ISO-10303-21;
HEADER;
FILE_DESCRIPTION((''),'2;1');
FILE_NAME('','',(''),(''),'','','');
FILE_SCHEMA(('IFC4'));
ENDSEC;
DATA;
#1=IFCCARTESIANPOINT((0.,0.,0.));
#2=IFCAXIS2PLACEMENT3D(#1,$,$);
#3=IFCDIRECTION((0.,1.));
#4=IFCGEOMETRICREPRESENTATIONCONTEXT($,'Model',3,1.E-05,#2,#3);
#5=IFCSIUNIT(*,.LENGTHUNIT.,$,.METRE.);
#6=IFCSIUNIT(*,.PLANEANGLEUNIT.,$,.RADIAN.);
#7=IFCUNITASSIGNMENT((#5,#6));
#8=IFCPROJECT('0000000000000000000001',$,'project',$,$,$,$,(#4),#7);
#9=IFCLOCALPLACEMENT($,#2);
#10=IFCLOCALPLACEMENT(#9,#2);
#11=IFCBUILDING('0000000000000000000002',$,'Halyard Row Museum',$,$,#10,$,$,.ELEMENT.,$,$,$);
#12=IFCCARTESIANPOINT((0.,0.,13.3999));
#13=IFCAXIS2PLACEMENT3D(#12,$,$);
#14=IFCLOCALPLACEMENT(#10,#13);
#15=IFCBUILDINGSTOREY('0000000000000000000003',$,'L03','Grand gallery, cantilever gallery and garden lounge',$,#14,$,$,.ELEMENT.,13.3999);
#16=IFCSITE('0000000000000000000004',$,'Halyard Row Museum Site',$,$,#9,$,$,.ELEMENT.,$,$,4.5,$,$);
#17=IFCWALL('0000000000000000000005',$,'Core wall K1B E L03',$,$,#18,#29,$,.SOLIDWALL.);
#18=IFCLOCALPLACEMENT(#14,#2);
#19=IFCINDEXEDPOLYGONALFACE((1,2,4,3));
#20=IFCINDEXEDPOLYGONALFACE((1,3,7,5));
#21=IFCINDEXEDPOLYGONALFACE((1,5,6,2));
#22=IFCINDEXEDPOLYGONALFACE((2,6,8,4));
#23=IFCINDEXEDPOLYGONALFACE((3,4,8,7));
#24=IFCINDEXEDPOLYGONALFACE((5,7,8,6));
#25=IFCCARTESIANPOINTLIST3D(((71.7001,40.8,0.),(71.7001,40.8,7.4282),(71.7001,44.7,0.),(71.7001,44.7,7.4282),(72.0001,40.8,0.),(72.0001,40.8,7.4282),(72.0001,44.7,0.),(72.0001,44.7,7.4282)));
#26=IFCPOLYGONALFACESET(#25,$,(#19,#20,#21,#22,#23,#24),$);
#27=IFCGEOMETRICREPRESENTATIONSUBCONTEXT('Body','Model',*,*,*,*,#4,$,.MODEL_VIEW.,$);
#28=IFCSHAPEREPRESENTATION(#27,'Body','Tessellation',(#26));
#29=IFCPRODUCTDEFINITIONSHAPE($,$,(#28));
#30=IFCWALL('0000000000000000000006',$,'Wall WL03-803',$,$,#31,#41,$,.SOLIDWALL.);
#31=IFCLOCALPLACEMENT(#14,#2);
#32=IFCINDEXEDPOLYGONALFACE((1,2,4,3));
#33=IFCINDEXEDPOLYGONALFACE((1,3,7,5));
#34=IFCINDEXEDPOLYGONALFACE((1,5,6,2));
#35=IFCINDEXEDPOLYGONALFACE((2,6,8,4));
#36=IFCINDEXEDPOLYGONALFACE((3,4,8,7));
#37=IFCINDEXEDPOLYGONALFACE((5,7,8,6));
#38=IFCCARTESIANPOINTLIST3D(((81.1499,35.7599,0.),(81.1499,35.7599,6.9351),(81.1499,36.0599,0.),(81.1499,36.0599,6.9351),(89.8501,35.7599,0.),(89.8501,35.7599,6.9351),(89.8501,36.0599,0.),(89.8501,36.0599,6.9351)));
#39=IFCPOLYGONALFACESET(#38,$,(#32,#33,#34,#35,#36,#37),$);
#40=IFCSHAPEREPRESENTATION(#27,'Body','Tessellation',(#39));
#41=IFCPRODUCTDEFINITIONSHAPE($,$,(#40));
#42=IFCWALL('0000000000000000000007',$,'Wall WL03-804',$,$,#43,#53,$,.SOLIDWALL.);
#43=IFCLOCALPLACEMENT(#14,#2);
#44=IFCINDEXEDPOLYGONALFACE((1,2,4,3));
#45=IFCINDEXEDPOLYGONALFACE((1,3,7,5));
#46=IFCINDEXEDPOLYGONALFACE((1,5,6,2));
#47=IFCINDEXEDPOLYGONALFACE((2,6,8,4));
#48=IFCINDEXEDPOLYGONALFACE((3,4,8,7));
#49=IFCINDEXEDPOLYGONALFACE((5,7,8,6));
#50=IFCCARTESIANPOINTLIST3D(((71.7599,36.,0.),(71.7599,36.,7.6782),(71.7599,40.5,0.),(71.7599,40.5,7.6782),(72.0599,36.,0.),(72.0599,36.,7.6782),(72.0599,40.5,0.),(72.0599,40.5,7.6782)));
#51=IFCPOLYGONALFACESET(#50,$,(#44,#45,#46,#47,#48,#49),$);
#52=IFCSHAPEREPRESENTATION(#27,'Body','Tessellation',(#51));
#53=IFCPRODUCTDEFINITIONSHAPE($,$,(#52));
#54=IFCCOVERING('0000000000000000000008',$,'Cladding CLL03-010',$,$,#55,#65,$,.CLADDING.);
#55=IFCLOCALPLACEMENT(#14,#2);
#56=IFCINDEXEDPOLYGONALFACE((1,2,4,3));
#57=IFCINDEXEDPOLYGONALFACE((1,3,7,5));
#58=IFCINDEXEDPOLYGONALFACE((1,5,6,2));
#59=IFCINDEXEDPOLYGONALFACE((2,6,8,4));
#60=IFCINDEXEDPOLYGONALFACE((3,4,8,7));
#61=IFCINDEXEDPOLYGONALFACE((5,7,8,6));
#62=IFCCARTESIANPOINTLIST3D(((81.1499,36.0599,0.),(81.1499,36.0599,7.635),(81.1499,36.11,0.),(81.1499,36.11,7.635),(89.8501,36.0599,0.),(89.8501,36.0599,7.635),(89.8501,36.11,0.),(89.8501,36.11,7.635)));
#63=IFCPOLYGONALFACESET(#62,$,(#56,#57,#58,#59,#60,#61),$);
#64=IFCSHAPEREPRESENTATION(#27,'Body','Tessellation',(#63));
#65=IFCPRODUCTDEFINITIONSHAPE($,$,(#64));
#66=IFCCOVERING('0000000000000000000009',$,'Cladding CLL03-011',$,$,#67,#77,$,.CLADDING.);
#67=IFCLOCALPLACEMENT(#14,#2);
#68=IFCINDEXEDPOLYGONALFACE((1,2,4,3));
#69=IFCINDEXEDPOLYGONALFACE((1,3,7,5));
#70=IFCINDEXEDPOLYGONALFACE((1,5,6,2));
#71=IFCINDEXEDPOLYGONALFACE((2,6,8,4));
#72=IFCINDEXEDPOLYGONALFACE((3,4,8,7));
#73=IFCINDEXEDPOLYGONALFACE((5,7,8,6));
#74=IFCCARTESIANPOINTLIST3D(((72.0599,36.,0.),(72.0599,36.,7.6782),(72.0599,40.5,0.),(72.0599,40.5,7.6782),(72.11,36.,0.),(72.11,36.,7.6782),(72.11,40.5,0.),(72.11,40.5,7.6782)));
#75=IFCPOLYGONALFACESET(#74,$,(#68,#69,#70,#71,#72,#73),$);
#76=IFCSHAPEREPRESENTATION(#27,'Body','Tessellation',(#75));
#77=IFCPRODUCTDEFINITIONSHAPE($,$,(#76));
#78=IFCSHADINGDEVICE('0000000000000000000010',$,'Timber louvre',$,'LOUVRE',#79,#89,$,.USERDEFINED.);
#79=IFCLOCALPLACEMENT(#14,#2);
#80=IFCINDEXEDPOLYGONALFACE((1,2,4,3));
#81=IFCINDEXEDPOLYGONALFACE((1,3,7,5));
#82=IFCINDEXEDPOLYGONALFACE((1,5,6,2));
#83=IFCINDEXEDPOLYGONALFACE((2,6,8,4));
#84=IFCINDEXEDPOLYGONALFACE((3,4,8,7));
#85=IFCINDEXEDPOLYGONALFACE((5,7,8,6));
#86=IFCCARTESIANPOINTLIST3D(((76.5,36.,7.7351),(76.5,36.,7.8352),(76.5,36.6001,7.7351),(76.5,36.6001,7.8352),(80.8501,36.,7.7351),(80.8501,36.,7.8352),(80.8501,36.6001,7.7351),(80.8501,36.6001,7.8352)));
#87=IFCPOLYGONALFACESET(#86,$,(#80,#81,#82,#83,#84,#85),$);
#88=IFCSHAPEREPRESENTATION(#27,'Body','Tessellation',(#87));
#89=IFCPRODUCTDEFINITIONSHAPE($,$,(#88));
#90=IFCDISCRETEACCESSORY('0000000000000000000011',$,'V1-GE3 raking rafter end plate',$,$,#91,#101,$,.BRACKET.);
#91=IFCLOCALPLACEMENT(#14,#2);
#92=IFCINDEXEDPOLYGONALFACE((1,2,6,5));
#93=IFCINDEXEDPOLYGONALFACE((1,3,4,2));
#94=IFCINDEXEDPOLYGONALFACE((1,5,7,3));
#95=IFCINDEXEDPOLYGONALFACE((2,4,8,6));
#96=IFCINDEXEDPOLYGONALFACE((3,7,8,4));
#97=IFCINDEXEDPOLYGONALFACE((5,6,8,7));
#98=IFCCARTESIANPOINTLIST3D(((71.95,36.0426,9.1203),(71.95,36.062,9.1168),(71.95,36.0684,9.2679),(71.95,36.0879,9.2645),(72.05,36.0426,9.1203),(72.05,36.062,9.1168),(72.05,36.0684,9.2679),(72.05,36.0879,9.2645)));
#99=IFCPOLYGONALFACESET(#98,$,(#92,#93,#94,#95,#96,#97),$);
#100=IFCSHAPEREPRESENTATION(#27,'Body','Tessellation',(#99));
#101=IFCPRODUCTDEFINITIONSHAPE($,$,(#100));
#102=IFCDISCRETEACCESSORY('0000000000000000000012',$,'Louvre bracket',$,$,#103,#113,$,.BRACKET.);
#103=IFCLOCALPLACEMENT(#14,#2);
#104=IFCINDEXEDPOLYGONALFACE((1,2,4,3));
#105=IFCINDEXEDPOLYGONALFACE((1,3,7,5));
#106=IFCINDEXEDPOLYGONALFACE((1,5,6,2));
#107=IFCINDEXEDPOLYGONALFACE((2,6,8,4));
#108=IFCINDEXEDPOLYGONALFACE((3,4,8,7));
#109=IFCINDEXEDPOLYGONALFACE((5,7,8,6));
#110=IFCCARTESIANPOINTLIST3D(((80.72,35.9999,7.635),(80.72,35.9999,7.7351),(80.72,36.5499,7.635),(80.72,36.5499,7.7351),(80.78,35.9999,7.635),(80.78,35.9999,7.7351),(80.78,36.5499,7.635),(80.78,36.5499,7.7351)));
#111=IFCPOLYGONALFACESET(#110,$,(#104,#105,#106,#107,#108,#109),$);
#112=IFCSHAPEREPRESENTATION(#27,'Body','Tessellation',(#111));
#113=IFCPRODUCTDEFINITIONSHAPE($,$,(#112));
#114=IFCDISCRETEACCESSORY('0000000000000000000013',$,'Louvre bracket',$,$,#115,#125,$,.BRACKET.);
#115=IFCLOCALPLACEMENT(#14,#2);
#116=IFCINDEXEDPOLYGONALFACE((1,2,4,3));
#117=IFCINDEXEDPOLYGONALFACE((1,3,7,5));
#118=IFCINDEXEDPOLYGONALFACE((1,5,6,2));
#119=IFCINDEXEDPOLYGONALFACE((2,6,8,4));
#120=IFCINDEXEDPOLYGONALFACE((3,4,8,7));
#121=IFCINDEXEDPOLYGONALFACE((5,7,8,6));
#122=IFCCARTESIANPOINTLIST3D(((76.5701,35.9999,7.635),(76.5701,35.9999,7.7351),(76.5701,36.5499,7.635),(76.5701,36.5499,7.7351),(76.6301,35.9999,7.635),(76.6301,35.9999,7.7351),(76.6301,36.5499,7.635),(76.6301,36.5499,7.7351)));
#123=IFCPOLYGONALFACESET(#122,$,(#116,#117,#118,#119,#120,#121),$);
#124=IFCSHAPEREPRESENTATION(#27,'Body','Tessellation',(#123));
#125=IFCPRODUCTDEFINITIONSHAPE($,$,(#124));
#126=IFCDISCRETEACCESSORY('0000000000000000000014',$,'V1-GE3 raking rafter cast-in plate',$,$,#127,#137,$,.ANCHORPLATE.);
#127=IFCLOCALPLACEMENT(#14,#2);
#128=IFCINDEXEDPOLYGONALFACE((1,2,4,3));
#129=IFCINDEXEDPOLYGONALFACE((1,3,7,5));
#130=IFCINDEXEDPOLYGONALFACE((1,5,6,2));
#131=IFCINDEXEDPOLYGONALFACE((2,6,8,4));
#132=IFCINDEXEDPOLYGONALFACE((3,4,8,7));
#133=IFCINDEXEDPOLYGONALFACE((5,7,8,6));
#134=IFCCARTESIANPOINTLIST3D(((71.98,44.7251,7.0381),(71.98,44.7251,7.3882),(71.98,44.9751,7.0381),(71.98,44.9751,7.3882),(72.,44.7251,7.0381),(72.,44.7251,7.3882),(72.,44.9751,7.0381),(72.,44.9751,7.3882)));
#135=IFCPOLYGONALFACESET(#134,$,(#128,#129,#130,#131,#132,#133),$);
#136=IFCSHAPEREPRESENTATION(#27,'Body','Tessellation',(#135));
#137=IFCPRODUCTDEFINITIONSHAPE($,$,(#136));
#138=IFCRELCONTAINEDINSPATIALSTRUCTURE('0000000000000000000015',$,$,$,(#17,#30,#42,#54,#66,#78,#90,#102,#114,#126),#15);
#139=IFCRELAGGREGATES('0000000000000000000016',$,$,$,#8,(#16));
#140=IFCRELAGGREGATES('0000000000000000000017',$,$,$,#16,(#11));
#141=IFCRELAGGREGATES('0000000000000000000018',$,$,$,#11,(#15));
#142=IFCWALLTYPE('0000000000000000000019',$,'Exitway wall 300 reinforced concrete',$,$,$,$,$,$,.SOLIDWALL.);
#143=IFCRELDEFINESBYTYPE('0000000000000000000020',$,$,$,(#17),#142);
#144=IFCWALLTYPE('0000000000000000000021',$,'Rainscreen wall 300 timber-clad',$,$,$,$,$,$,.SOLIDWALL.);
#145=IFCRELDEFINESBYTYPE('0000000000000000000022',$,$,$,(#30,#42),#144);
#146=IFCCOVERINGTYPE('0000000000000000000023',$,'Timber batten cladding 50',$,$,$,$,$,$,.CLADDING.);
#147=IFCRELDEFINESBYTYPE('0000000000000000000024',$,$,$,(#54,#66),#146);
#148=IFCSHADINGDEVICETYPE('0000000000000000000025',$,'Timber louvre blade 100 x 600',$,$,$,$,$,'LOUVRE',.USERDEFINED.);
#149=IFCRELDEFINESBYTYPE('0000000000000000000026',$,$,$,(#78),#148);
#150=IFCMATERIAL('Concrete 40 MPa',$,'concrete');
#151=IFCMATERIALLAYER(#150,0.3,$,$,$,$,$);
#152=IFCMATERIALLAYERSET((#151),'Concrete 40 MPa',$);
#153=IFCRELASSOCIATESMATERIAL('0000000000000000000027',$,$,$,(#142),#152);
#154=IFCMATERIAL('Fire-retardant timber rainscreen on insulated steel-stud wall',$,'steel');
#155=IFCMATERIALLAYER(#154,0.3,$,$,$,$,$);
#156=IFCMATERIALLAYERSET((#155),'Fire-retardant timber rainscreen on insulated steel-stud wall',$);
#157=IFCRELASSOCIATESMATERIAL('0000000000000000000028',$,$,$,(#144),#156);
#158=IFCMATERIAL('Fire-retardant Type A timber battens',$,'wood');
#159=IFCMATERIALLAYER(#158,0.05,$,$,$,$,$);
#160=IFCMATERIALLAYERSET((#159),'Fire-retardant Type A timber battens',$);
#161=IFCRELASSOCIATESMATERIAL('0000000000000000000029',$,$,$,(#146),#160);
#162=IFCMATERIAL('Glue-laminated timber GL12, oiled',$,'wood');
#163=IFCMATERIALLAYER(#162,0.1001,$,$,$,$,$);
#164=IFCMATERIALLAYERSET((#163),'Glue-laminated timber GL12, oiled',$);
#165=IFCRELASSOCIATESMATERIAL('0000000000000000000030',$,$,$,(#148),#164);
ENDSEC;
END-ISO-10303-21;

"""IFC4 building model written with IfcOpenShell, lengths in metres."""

from ifc_helpers import new_model, si_unit, direction, frame, frame_2d, origin, origin_2d, place, context, subcontext, project, spatial, rectangle, extrude, material, layer, layer_set, type_object, element, save


model = new_model("IFC4")

# Units and contexts
model_context = context("Model", 3, precision=1e-05, world=origin(), true_north=direction((0.0, 1.0)))
body_context = subcontext(model_context, "Body", "Model", "MODEL_VIEW")
ifc_project = project(units=[si_unit("LENGTHUNIT", "METRE"), si_unit("PLANEANGLEUNIT", "RADIAN")], contexts=[model_context])

# Site, building, storey
site_placement = place(None, origin())
site = spatial("IfcSite", under=ifc_project, at=site_placement, Name="Halyard Row Museum Site", CompositionType="ELEMENT", RefElevation=4.5)
building_placement = place(site_placement, origin())
building = spatial("IfcBuilding", under=site, at=building_placement, Name="Halyard Row Museum", CompositionType="ELEMENT")
storey_placement = place(building_placement, frame((0.0, 0.0, 13.3999)))
storey = spatial("IfcBuildingStorey", under=building, at=storey_placement, Name="L03", Description="Grand gallery, cantilever gallery and garden lounge", CompositionType="ELEMENT", Elevation=13.3999)

# Walls
ifc_material_1 = material(Name="Concrete 40 MPa", Category="concrete")
ifc_layer_1 = layer(ifc_material_1, 0.3)
ifc_layer_set_1 = layer_set([ifc_layer_1], Name="Concrete 40 MPa")
wall_type_1 = type_object("IfcWallType", Name="Exitway wall 300 reinforced concrete", PredefinedType="SOLIDWALL", material=ifc_layer_set_1)
wall_1_placement = place(storey_placement, frame((71.8501, 40.8, 0.0), z_axis=(0.0, 0.0, 1.0), x_axis=(0.0, 1.0, 0.0)))
element("IfcWall", 1, at=wall_1_placement, inside=storey, type_object=wall_type_1, Name="Core wall K1B E L03", PredefinedType="SOLIDWALL", context=body_context, shape_type="SweptSolid", body=[
    extrude(rectangle(XDim=3.8999, YDim=0.3, at=frame_2d((1.95, 0.0))), origin(), (0.0, 0.0, 1.0), 7.4282),
])
ifc_material_2 = material(Name="Fire-retardant timber rainscreen on insulated steel-stud wall", Category="steel")
ifc_layer_2 = layer(ifc_material_2, 0.3)
ifc_layer_set_2 = layer_set([ifc_layer_2], Name="Fire-retardant timber rainscreen on insulated steel-stud wall")
wall_type_2 = type_object("IfcWallType", Name="Rainscreen wall 300 timber-clad", PredefinedType="SOLIDWALL", material=ifc_layer_set_2)
wall_2_placement = place(storey_placement, frame((81.1499, 35.9099, 0.0), z_axis=(0.0, 0.0, 1.0), x_axis=(1.0, 0.0, 0.0)))
element("IfcWall", 2, at=wall_2_placement, inside=storey, type_object=wall_type_2, Name="Wall WL03-803", PredefinedType="SOLIDWALL", context=body_context, shape_type="SweptSolid", body=[
    extrude(rectangle(XDim=8.7002, YDim=0.3, at=frame_2d((4.3501, 0.0))), origin(), (0.0, 0.0, 1.0), 6.9351),
])
wall_3_placement = place(storey_placement, frame((71.9099, 36.0, 0.0), z_axis=(0.0, 0.0, 1.0), x_axis=(0.0, 1.0, 0.0)))
element("IfcWall", 3, at=wall_3_placement, inside=storey, type_object=wall_type_2, Name="Wall WL03-804", PredefinedType="SOLIDWALL", context=body_context, shape_type="SweptSolid", body=[
    extrude(rectangle(XDim=4.5, YDim=0.3, at=frame_2d((2.25, 0.0))), origin(), (0.0, 0.0, 1.0), 7.6782),
])

# Coverings
ifc_material_3 = material(Name="Fire-retardant Type A timber battens", Category="wood")
ifc_layer_3 = layer(ifc_material_3, 0.05)
ifc_layer_set_3 = layer_set([ifc_layer_3], Name="Fire-retardant Type A timber battens")
covering_type = type_object("IfcCoveringType", Name="Timber batten cladding 50", PredefinedType="CLADDING", material=ifc_layer_set_3)
covering_1_placement = place(storey_placement, frame((89.8501, 36.085, 0.0), z_axis=(0.0, 0.0, 1.0), x_axis=(-1.0, 0.0, 0.0)))
element("IfcCovering", 4, at=covering_1_placement, inside=storey, type_object=covering_type, Name="Cladding CLL03-010", PredefinedType="CLADDING", context=body_context, shape_type="SweptSolid", body=[
    extrude(rectangle(XDim=8.7002, YDim=0.05, at=frame_2d((4.3501, 0.0))), origin(), (0.0, 0.0, 1.0), 7.635),
])
covering_2_placement = place(storey_placement, frame((72.085, 36.0, 0.0), z_axis=(0.0, 0.0, 1.0), x_axis=(0.0, 1.0, 0.0)))
element("IfcCovering", 5, at=covering_2_placement, inside=storey, type_object=covering_type, Name="Cladding CLL03-011", PredefinedType="CLADDING", context=body_context, shape_type="SweptSolid", body=[
    extrude(rectangle(XDim=4.5, YDim=0.05, at=frame_2d((2.25, 0.0))), origin(), (0.0, 0.0, 1.0), 7.6782),
])

# Shading device
ifc_material_4 = material(Name="Glue-laminated timber GL12, oiled", Category="wood")
ifc_layer_4 = layer(ifc_material_4, 0.1001)
ifc_layer_set_4 = layer_set([ifc_layer_4], Name="Glue-laminated timber GL12, oiled")
shading_device_type = type_object("IfcShadingDeviceType", Name="Timber louvre blade 100 x 600", ElementType="LOUVRE", PredefinedType="USERDEFINED", material=ifc_layer_set_4)
shading_device_placement = place(storey_placement, frame((78.675, 36.3, 7.7351), z_axis=(0.0, 0.0, 1.0), x_axis=(1.0, 0.0, 0.0)))
element("IfcShadingDevice", 6, at=shading_device_placement, inside=storey, type_object=shading_device_type, Name="Timber louvre", ObjectType="LOUVRE", PredefinedType="USERDEFINED", context=body_context, shape_type="SweptSolid", body=[
    extrude(rectangle(XDim=4.3501, YDim=0.6001, at=origin_2d()), origin(), (0.0, 0.0, 1.0), 0.1001),
])

# Discrete accessories
discrete_accessory_1_placement = place(storey_placement, frame((72.0, 36.075, 9.1907), z_axis=(0.0, -0.98503, 0.17238), x_axis=(1.0, 0.0, 0.0)))
element("IfcDiscreteAccessory", 7, at=discrete_accessory_1_placement, inside=storey, Name="V1-GE3 raking rafter end plate", PredefinedType="BRACKET", context=body_context, shape_type="SweptSolid", body=[
    extrude(rectangle(XDim=0.1001, YDim=0.1499, at=origin_2d()), origin(), (0.0, 0.0, 1.0), 0.0198),
])
for number, where, z_axis, x_axis, name in (
    (8, (80.75, 36.2749, 7.635), (0.0, 0.0, 1.0), (1.0, 0.0, 0.0), "Louvre bracket"),
    (9, (76.6001, 36.2749, 7.635), (0.0, 0.0, 1.0), (1.0, 0.0, 0.0), "Louvre bracket"),
):
    element("IfcDiscreteAccessory", number, at=place(storey_placement, frame(where, z_axis=z_axis, x_axis=x_axis)), inside=storey, Name=name, PredefinedType="BRACKET", context=body_context, shape_type="SweptSolid", body=[
        extrude(rectangle(XDim=0.0601, YDim=0.55, at=origin_2d()), origin(), (0.0, 0.0, 1.0), 0.1001),
    ])
discrete_accessory_2_placement = place(storey_placement, frame((72.0, 44.8501, 7.2131), z_axis=(-1.0, 0.0, 0.0), x_axis=(0.0, -1.0, 0.0)))
element("IfcDiscreteAccessory", 10, at=discrete_accessory_2_placement, inside=storey, Name="V1-GE3 raking rafter cast-in plate", PredefinedType="ANCHORPLATE", context=body_context, shape_type="SweptSolid", body=[
    extrude(rectangle(XDim=0.25, YDim=0.3501, at=origin_2d()), origin(), (0.0, 0.0, 1.0), 0.02),
])

save(model, "model.ifc")
